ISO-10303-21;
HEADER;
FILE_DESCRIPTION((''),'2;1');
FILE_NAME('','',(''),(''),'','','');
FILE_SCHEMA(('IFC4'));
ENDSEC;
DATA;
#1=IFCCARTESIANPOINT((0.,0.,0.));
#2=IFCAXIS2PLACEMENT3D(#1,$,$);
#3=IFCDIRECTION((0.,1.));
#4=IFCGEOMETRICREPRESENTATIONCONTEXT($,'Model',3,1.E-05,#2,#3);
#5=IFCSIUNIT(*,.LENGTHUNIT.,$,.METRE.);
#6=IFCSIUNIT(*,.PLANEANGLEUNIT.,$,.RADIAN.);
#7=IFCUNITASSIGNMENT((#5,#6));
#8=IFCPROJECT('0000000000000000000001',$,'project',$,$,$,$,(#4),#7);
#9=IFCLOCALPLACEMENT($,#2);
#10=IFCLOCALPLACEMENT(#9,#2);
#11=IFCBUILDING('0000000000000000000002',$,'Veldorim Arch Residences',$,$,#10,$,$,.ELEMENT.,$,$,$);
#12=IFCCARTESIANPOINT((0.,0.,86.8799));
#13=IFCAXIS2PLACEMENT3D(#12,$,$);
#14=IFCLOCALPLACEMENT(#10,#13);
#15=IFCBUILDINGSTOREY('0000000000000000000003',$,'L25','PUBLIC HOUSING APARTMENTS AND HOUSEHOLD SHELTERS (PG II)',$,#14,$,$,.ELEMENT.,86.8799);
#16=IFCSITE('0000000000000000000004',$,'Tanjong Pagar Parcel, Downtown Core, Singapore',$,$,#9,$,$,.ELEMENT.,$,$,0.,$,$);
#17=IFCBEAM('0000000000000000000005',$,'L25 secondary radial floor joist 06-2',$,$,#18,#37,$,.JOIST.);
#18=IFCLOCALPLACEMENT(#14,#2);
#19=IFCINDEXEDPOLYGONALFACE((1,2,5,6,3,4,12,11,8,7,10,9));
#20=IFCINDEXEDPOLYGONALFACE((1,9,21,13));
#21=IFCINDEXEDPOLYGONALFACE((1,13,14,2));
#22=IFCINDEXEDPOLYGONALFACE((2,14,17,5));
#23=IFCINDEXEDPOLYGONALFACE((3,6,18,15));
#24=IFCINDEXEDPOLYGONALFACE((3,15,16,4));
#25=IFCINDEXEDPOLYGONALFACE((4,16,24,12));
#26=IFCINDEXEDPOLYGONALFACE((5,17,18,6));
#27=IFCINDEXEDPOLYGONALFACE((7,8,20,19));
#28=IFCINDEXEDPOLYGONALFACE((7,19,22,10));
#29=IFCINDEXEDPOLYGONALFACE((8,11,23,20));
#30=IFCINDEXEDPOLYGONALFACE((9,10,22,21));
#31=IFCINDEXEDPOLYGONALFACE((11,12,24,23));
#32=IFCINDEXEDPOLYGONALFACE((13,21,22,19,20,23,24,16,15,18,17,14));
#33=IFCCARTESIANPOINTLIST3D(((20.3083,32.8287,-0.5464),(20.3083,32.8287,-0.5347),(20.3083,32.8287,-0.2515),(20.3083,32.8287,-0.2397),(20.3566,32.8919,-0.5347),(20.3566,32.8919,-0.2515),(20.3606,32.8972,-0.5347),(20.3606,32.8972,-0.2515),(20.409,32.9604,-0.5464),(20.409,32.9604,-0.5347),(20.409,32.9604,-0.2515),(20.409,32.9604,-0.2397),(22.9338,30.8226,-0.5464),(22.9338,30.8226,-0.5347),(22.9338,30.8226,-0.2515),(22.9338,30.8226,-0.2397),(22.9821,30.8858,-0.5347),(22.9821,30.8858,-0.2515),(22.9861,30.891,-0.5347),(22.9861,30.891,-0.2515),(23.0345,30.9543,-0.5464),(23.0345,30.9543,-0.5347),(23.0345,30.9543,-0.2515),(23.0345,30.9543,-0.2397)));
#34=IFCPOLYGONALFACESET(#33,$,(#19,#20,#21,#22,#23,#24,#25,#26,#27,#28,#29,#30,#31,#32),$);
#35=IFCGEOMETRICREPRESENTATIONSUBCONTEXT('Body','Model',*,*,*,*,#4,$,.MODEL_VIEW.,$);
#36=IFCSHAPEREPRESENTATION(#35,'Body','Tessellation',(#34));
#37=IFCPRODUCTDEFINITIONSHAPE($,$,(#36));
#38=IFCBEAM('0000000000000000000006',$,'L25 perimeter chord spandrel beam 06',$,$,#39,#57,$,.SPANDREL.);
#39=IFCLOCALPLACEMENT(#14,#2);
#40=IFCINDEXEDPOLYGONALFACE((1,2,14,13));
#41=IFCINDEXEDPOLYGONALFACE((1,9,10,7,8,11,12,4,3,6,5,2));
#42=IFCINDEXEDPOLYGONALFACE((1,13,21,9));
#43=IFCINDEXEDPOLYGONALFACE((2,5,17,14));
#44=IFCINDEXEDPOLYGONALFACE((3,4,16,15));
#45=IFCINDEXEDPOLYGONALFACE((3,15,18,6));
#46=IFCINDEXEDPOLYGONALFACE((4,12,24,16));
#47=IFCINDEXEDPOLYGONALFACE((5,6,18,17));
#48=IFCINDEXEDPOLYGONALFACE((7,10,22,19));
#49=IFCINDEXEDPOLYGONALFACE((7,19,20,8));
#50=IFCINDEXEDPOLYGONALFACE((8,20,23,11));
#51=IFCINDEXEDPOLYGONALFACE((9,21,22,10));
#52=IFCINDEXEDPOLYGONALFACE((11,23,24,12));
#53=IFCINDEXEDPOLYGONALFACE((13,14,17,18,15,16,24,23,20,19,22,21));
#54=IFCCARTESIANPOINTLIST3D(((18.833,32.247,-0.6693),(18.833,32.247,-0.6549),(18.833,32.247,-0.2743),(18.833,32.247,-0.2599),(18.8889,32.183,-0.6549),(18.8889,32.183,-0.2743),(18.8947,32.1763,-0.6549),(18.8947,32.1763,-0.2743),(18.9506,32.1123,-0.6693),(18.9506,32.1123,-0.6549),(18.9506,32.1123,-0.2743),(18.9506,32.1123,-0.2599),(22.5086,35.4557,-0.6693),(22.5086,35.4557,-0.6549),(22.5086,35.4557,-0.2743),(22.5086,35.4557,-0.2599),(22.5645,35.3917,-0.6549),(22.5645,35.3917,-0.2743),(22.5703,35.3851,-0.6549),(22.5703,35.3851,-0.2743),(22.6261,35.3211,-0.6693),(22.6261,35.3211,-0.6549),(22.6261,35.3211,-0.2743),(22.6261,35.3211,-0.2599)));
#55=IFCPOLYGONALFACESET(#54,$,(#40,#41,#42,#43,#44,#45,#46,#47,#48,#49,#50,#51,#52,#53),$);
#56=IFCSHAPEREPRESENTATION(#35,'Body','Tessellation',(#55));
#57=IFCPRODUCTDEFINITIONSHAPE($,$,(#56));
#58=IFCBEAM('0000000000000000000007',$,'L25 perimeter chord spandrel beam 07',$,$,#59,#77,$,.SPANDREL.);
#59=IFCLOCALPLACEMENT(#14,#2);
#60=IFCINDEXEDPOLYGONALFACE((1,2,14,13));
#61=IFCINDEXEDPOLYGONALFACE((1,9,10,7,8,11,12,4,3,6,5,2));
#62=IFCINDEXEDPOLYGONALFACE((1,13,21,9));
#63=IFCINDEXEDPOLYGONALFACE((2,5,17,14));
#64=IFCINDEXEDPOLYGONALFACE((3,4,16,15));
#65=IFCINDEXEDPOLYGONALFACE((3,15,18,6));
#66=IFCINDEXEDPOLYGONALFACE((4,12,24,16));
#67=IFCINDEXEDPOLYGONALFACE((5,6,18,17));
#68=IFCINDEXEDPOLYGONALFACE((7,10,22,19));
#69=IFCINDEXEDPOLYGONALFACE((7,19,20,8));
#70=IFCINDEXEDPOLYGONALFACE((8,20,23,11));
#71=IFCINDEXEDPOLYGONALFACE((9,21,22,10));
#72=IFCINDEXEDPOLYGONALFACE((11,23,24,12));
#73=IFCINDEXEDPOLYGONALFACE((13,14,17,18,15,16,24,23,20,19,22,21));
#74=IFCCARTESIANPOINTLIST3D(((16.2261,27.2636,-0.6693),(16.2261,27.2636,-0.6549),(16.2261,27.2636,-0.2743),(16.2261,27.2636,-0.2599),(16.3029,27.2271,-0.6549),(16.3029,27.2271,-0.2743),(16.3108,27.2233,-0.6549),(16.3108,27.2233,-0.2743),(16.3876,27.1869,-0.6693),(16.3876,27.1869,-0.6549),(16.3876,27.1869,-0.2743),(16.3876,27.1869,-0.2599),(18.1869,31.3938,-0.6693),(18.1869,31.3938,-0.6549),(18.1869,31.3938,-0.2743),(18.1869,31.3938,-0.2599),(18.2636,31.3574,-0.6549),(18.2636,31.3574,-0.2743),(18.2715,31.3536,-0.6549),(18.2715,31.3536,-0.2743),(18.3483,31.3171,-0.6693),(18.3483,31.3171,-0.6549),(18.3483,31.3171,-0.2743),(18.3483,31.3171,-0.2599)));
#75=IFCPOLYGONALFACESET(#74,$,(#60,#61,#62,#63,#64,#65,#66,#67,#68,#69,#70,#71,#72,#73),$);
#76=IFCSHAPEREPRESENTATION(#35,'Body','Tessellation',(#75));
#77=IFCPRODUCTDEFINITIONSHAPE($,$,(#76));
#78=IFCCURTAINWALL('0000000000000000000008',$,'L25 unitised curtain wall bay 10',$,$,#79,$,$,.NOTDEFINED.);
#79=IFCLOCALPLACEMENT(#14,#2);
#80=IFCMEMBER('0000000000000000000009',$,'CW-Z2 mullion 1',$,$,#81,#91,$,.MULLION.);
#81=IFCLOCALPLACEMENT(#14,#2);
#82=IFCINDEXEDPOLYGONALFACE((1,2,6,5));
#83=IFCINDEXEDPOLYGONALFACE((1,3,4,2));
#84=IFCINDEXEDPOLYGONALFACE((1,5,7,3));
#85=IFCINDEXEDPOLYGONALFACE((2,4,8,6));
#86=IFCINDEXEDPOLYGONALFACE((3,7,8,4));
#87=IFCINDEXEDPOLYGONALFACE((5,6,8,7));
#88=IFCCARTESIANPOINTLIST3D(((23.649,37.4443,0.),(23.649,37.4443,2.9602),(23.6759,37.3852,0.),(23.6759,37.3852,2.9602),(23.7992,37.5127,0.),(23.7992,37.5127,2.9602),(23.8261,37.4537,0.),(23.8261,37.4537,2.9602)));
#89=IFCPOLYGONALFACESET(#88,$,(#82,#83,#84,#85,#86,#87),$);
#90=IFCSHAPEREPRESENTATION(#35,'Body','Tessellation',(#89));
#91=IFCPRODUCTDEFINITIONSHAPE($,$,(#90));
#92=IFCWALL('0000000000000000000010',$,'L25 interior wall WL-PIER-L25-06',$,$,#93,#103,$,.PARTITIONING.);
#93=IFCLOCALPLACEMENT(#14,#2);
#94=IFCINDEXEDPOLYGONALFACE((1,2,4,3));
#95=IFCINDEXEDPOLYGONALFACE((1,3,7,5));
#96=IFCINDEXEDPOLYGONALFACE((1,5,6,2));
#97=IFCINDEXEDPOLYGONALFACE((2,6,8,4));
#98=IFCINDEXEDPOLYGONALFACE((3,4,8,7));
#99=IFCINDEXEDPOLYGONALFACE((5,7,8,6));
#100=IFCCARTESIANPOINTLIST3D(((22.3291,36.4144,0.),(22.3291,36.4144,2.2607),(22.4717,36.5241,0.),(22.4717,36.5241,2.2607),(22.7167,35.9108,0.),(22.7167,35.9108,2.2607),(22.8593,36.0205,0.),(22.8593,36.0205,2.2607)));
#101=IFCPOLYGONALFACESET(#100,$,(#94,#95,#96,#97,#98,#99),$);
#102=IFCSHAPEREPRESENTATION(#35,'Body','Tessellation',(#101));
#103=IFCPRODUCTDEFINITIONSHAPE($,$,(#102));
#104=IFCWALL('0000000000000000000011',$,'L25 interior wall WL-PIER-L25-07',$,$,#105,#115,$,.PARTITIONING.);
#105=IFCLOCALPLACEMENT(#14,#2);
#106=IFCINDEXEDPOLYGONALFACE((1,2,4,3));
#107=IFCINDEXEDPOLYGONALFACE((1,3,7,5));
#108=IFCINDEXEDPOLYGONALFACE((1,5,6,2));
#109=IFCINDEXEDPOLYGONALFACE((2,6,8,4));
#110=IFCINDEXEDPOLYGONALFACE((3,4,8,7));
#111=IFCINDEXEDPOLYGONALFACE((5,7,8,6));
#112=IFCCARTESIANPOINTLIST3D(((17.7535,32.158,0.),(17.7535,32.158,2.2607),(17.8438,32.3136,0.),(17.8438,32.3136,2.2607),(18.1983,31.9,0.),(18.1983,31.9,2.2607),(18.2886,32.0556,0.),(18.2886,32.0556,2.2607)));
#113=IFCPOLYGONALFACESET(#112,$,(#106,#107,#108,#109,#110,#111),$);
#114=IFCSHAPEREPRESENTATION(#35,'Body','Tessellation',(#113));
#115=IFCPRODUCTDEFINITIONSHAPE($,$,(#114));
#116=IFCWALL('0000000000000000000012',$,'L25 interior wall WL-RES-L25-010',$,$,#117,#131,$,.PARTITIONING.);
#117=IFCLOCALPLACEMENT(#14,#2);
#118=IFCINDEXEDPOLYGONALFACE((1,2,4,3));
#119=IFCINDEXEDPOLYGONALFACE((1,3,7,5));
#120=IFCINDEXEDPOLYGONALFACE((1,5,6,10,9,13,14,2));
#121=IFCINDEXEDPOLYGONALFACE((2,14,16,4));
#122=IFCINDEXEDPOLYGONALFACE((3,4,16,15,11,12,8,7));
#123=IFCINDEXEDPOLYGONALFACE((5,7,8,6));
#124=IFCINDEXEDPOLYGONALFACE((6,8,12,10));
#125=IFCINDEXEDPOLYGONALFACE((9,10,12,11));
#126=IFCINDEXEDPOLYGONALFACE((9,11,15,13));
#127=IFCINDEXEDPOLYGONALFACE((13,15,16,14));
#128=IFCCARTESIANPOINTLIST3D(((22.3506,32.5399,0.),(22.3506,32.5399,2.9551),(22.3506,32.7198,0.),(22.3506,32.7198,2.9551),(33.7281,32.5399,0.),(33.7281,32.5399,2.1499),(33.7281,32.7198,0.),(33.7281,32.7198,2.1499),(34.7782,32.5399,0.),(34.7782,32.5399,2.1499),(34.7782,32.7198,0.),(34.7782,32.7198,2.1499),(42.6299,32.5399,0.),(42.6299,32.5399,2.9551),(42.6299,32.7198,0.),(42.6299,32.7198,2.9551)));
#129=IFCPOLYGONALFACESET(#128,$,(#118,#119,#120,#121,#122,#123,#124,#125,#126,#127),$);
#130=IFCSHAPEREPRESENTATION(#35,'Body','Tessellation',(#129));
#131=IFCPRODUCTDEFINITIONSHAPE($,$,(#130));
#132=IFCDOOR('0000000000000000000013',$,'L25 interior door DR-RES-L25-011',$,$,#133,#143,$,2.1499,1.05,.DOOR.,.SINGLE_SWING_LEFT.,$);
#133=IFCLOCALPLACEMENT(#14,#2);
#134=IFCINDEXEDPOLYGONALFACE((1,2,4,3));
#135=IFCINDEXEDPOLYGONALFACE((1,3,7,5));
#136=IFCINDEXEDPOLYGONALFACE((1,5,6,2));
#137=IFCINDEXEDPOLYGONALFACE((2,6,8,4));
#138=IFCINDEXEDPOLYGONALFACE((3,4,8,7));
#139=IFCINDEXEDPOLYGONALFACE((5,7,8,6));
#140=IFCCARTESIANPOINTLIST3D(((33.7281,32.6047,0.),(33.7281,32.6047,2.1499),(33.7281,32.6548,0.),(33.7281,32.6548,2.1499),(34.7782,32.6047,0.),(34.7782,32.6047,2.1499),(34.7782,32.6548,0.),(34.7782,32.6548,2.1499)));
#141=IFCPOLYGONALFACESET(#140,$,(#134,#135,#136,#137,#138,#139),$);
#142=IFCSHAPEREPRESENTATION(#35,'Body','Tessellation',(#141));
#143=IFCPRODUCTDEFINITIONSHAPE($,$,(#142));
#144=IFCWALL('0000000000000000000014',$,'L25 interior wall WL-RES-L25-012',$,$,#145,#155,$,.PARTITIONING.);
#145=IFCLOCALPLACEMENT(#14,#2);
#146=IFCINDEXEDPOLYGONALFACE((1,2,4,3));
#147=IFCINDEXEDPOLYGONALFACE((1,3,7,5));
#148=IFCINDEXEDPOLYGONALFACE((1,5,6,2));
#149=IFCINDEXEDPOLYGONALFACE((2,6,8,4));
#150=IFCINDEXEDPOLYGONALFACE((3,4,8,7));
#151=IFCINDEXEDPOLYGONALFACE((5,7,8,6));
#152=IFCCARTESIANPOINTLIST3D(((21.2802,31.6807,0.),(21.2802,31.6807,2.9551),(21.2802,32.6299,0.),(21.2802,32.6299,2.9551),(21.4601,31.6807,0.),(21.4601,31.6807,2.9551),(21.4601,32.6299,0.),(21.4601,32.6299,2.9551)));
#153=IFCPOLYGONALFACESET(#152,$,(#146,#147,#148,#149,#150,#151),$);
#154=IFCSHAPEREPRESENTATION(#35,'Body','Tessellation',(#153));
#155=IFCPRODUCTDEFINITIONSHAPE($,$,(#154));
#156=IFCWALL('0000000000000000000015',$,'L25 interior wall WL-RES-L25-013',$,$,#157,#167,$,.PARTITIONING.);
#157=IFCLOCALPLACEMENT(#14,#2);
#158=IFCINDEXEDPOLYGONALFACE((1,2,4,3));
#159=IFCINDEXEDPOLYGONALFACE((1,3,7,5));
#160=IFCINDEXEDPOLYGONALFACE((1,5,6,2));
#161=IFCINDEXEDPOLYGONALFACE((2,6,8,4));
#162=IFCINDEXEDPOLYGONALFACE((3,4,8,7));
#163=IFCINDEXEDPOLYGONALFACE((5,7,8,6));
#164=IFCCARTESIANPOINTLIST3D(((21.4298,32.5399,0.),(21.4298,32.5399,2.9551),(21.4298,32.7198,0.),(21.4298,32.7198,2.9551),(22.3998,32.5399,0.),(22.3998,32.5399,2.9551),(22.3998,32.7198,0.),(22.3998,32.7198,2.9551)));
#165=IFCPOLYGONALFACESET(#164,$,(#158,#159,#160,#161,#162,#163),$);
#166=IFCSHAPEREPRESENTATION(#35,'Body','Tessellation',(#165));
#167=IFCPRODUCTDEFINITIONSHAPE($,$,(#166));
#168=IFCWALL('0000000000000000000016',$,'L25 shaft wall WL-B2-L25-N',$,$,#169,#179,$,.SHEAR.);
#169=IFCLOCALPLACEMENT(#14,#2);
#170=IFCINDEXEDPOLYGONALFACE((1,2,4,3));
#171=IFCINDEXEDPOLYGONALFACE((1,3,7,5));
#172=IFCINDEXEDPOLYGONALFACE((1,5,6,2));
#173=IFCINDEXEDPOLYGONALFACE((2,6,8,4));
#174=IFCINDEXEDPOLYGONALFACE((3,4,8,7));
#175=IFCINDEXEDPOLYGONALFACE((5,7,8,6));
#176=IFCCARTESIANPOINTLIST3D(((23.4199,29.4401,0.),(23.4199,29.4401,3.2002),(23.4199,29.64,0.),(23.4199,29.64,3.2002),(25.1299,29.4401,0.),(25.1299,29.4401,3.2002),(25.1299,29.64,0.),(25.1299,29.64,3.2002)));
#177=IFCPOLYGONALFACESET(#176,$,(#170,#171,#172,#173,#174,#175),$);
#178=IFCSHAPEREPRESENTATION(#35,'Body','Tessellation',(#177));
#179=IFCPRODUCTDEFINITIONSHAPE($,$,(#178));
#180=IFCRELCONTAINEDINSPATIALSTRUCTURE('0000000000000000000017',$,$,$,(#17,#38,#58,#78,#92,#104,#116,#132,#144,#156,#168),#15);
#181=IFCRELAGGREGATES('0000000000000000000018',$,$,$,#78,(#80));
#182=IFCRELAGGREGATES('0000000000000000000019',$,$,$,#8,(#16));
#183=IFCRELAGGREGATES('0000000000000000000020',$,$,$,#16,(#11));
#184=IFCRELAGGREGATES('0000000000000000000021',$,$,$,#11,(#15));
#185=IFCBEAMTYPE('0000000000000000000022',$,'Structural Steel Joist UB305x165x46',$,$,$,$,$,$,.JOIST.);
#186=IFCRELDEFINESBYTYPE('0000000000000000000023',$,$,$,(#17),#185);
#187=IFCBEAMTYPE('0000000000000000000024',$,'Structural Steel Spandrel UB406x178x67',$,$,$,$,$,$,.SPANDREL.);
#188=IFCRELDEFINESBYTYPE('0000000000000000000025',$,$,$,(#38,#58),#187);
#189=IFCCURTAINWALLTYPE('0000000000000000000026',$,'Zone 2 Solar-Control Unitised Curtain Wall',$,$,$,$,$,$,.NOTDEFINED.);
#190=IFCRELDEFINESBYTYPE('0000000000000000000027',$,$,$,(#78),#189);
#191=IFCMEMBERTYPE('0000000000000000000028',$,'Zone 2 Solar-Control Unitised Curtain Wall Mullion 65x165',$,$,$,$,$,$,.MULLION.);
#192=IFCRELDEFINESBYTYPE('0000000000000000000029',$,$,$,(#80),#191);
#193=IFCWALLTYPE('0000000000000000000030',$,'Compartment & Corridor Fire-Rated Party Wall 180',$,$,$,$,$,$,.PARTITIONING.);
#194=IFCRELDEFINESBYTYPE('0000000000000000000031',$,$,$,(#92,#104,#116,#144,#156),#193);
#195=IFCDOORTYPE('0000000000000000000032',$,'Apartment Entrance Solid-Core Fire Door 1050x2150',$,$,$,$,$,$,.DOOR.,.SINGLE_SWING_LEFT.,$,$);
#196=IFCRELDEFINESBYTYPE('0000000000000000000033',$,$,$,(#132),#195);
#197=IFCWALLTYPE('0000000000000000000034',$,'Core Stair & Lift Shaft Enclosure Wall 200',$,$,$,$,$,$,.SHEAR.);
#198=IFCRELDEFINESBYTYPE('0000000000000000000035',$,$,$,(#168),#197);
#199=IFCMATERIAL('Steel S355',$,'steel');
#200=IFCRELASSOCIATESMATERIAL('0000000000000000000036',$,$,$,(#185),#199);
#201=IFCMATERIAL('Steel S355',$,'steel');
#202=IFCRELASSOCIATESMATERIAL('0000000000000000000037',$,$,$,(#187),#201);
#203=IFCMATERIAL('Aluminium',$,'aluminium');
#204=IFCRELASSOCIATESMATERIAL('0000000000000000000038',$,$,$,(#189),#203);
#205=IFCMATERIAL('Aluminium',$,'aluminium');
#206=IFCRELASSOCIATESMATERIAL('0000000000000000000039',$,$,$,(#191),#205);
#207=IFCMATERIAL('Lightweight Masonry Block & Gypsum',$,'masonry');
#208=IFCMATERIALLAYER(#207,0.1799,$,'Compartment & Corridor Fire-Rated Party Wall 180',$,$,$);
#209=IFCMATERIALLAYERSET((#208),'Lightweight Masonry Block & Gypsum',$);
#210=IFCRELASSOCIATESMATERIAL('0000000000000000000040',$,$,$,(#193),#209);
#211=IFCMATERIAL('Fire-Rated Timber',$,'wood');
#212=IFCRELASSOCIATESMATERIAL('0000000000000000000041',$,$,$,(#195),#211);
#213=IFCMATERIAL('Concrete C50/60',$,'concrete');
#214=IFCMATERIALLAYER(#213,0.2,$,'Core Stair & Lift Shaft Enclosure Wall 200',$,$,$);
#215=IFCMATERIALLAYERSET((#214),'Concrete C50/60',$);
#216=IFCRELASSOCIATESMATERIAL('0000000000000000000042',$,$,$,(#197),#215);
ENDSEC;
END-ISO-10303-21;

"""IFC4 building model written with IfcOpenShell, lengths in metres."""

from ifc_helpers import new_model, si_unit, direction, frame, frame_2d, origin, origin_2d, place, context, subcontext, project, spatial, rectangle, i_section, extrude, material, layer, layer_set, material_profile, profile_set, type_object, element, fill, aggregate, save


model = new_model("IFC4")

# Units and contexts
model_context = context("Model", 3, precision=1e-05, world=origin(), true_north=direction((0.0, 1.0)))
body_context = subcontext(model_context, "Body", "Model", "MODEL_VIEW")
ifc_project = project(units=[si_unit("LENGTHUNIT", "METRE"), si_unit("PLANEANGLEUNIT", "RADIAN")], contexts=[model_context])

# Site, building, storey
site_placement = place(None, origin())
site = spatial("IfcSite", under=ifc_project, at=site_placement, Name="Tanjong Pagar Parcel, Downtown Core, Singapore", CompositionType="ELEMENT", RefElevation=0.0)
building_placement = place(site_placement, origin())
building = spatial("IfcBuilding", under=site, at=building_placement, Name="Veldorim Arch Residences", CompositionType="ELEMENT")
storey_placement = place(building_placement, frame((0.0, 0.0, 86.8799)))
storey = spatial("IfcBuildingStorey", under=building, at=storey_placement, Name="L25", Description="PUBLIC HOUSING APARTMENTS AND HOUSEHOLD SHELTERS (PG II)", CompositionType="ELEMENT", Elevation=86.8799)

# Beams
ifc_material_1 = material(Name="Steel S355", Category="steel")
ifc_material_profile_1 = material_profile(ifc_material_1, i_section(OverallWidth=0.1658, OverallDepth=0.3066, WebThickness=0.0066, FlangeThickness=0.0117, at=origin_2d()), Name="UB305x165x46")
ifc_profile_set_1 = profile_set([ifc_material_profile_1], Name="Steel S355")
beam_type_1 = type_object("IfcBeamType", Name="Structural Steel Joist UB305x165x46", PredefinedType="JOIST", material=ifc_profile_set_1)
beam_1_placement = place(storey_placement, frame((22.9841, 30.8884, -0.3931), z_axis=(-0.794595, 0.60714, 0.0), x_axis=(-0.60714, -0.794595, 0.0)))
element("IfcBeam", 1, at=beam_1_placement, inside=storey, type_object=beam_type_1, Name="L25 secondary radial floor joist 06-2", PredefinedType="JOIST", context=body_context, shape_type="SweptSolid", body=[
    extrude(i_section(OverallWidth=0.1658, OverallDepth=0.3066, WebThickness=0.0066, FlangeThickness=0.0117, at=origin_2d()), origin(), (0.0, 0.0, 1.0), 3.3042),
])
ifc_material_2 = material(Name="Steel S355", Category="steel")
ifc_material_profile_2 = material_profile(ifc_material_2, i_section(OverallWidth=0.1787, OverallDepth=0.4094, WebThickness=0.0088, FlangeThickness=0.0144, at=origin_2d()), Name="UB406x178x67")
ifc_profile_set_2 = profile_set([ifc_material_profile_2], Name="Steel S355")
beam_type_2 = type_object("IfcBeamType", Name="Structural Steel Spandrel UB406x178x67", PredefinedType="SPANDREL", material=ifc_profile_set_2)
beam_2_placement = place(storey_placement, frame((22.5674, 35.3884, -0.4646), z_axis=(-0.753323, -0.65765, 0.0), x_axis=(0.65765, -0.753323, 0.0)))
element("IfcBeam", 2, at=beam_2_placement, inside=storey, type_object=beam_type_2, Name="L25 perimeter chord spandrel beam 06", PredefinedType="SPANDREL", context=body_context, shape_type="SweptSolid", body=[
    extrude(i_section(OverallWidth=0.1787, OverallDepth=0.4094, WebThickness=0.0088, FlangeThickness=0.0144, at=origin_2d()), origin(), (0.0, 0.0, 1.0), 4.8792),
])
beam_3_placement = place(storey_placement, frame((18.2676, 31.3555, -0.4646), z_axis=(-0.428857, -0.903372, 0.0), x_axis=(0.903372, -0.428857, 0.0)))
element("IfcBeam", 3, at=beam_3_placement, inside=storey, type_object=beam_type_2, Name="L25 perimeter chord spandrel beam 07", PredefinedType="SPANDREL", context=body_context, shape_type="SweptSolid", body=[
    extrude(i_section(OverallWidth=0.1787, OverallDepth=0.4094, WebThickness=0.0088, FlangeThickness=0.0144, at=origin_2d()), origin(), (0.0, 0.0, 1.0), 4.572),
])

# Curtain wall, member
ifc_material_3 = material(Name="Aluminium", Category="aluminium")
curtain_wall_type = type_object("IfcCurtainWallType", Name="Zone 2 Solar-Control Unitised Curtain Wall", PredefinedType="NOTDEFINED", material=ifc_material_3)
curtain_wall_placement = place(storey_placement, origin())
curtain_wall = element("IfcCurtainWall", 4, at=curtain_wall_placement, inside=storey, type_object=curtain_wall_type, Name="L25 unitised curtain wall bay 10", PredefinedType="NOTDEFINED")
ifc_material_4 = material(Name="Aluminium", Category="aluminium")
ifc_material_profile_3 = material_profile(ifc_material_4, rectangle(XDim=0.0649, YDim=0.165, at=origin_2d()), Name="ALU_MUL_65x165")
ifc_profile_set_3 = profile_set([ifc_material_profile_3], Name="Aluminium")
member_type = type_object("IfcMemberType", Name="Zone 2 Solar-Control Unitised Curtain Wall Mullion 65x165", PredefinedType="MULLION", material=ifc_profile_set_3)
member_placement = place(storey_placement, frame((23.7375, 37.449, 0.0), z_axis=(0.0, 0.0, 1.0), x_axis=(-0.414742, 0.909939, 0.0)))
member = element("IfcMember", 5, at=member_placement, type_object=member_type, Name="CW-Z2 mullion 1", PredefinedType="MULLION", context=body_context, shape_type="SweptSolid", body=[
    extrude(rectangle(XDim=0.0649, YDim=0.165, at=origin_2d()), origin(), (0.0, 0.0, 1.0), 2.9602),
])
aggregate(curtain_wall, [member])

# Walls
ifc_material_5 = material(Name="Lightweight Masonry Block & Gypsum", Category="masonry")
ifc_layer_1 = layer(ifc_material_5, 0.1799, Name="Compartment & Corridor Fire-Rated Party Wall 180")
ifc_layer_set_1 = layer_set([ifc_layer_1], Name="Lightweight Masonry Block & Gypsum")
wall_type_1 = type_object("IfcWallType", Name="Compartment & Corridor Fire-Rated Party Wall 180", PredefinedType="PARTITIONING", material=ifc_layer_set_1)
wall_1_placement = place(storey_placement, frame((22.7881, 35.9656, 0.0), z_axis=(0.0, 0.0, 1.0), x_axis=(-0.609971, 0.792424, 0.0)))
element("IfcWall", 6, at=wall_1_placement, inside=storey, type_object=wall_type_1, Name="L25 interior wall WL-PIER-L25-06", PredefinedType="PARTITIONING", context=body_context, shape_type="SweptSolid", body=[
    extrude(rectangle(XDim=0.6355, YDim=0.1799, at=frame_2d((0.3179, 0.0))), origin(), (0.0, 0.0, 1.0), 2.2607),
])
wall_2_placement = place(storey_placement, frame((18.2434, 31.9778, 0.0), z_axis=(0.0, 0.0, 1.0), x_axis=(-0.864982, 0.501803, 0.0)))
element("IfcWall", 7, at=wall_2_placement, inside=storey, type_object=wall_type_1, Name="L25 interior wall WL-PIER-L25-07", PredefinedType="PARTITIONING", context=body_context, shape_type="SweptSolid", body=[
    extrude(rectangle(XDim=0.5142, YDim=0.1799, at=frame_2d((0.2571, 0.0))), origin(), (0.0, 0.0, 1.0), 2.2607),
])

# Wall, opening, door
wall_3_placement = place(storey_placement, frame((22.3506, 32.6299, 0.0), z_axis=(0.0, 0.0, 1.0), x_axis=(1.0, 0.0, 0.0)))
wall_3 = element("IfcWall", 8, at=wall_3_placement, inside=storey, type_object=wall_type_1, Name="L25 interior wall WL-RES-L25-010", PredefinedType="PARTITIONING", context=body_context, shape_type="SweptSolid", body=[
    extrude(rectangle(XDim=20.2793, YDim=0.1799, at=frame_2d((10.1396, 0.0))), origin(), (0.0, 0.0, 1.0), 2.9551),
])
opening_1_placement = place(wall_3_placement, frame((11.3777, 0.0, 0.0)))
opening_1 = element("IfcOpeningElement", 9, at=opening_1_placement, cuts=wall_3, PredefinedType="OPENING", context=body_context, shape_type="SweptSolid", body=[
    extrude(rectangle(XDim=1.05, YDim=2.1499, at=frame_2d((0.5249, 1.075))), frame((0.0, 0.0999, 0.0), z_axis=(0.0, -1.0, 0.0), x_axis=(1.0, 0.0, 0.0)), (0.0, 0.0, 1.0), 0.2),
])
ifc_material_6 = material(Name="Fire-Rated Timber", Category="wood")
door_type_1 = type_object("IfcDoorType", Name="Apartment Entrance Solid-Core Fire Door 1050x2150", OperationType="SINGLE_SWING_LEFT", PredefinedType="DOOR", material=ifc_material_6)
door_1_placement = place(opening_1_placement, origin())
door_1 = element("IfcDoor", 10, at=door_1_placement, inside=storey, type_object=door_type_1, Name="L25 interior door DR-RES-L25-011", OperationType="SINGLE_SWING_LEFT", OverallHeight=2.1499, OverallWidth=1.05, PredefinedType="DOOR", context=body_context, shape_type="SweptSolid", body=[
    extrude(rectangle(XDim=1.05, YDim=2.1499, at=frame_2d((0.5249, 1.075))), frame((0.0, 0.0249, 0.0), z_axis=(0.0, -1.0, 0.0), x_axis=(1.0, 0.0, 0.0)), (0.0, 0.0, 1.0), 0.05),
])
fill(opening_1, door_1)

# Walls
wall_4_placement = place(storey_placement, frame((21.3701, 31.6807, 0.0), z_axis=(0.0, 0.0, 1.0), x_axis=(0.0, 1.0, 0.0)))
element("IfcWall", 11, at=wall_4_placement, inside=storey, type_object=wall_type_1, Name="L25 interior wall WL-RES-L25-012", PredefinedType="PARTITIONING", context=body_context, shape_type="SweptSolid", body=[
    extrude(rectangle(XDim=0.9492, YDim=0.1799, at=frame_2d((0.4746, 0.0))), origin(), (0.0, 0.0, 1.0), 2.9551),
])
wall_5_placement = place(storey_placement, frame((21.4299, 32.6299, 0.0), z_axis=(0.0, 0.0, 1.0), x_axis=(1.0, 0.0, 0.0)))
element("IfcWall", 12, at=wall_5_placement, inside=storey, type_object=wall_type_1, Name="L25 interior wall WL-RES-L25-013", PredefinedType="PARTITIONING", context=body_context, shape_type="SweptSolid", body=[
    extrude(rectangle(XDim=0.97, YDim=0.1799, at=frame_2d((0.4849, 0.0))), origin(), (0.0, 0.0, 1.0), 2.9551),
])
ifc_material_7 = material(Name="Concrete C50/60", Category="concrete")
ifc_layer_2 = layer(ifc_material_7, 0.2, Name="Core Stair & Lift Shaft Enclosure Wall 200")
ifc_layer_set_2 = layer_set([ifc_layer_2], Name="Concrete C50/60")
wall_type_2 = type_object("IfcWallType", Name="Core Stair & Lift Shaft Enclosure Wall 200", PredefinedType="SHEAR", material=ifc_layer_set_2)
wall_6_placement = place(storey_placement, frame((23.4199, 29.54, 0.0), z_axis=(0.0, 0.0, 1.0), x_axis=(1.0, 0.0, 0.0)))
element("IfcWall", 13, at=wall_6_placement, inside=storey, type_object=wall_type_2, Name="L25 shaft wall WL-B2-L25-N", PredefinedType="SHEAR", context=body_context, shape_type="SweptSolid", body=[
    extrude(rectangle(XDim=1.71, YDim=0.2, at=frame_2d((0.855, 0.0))), origin(), (0.0, 0.0, 1.0), 3.2002),
])

save(model, "model.ifc")
